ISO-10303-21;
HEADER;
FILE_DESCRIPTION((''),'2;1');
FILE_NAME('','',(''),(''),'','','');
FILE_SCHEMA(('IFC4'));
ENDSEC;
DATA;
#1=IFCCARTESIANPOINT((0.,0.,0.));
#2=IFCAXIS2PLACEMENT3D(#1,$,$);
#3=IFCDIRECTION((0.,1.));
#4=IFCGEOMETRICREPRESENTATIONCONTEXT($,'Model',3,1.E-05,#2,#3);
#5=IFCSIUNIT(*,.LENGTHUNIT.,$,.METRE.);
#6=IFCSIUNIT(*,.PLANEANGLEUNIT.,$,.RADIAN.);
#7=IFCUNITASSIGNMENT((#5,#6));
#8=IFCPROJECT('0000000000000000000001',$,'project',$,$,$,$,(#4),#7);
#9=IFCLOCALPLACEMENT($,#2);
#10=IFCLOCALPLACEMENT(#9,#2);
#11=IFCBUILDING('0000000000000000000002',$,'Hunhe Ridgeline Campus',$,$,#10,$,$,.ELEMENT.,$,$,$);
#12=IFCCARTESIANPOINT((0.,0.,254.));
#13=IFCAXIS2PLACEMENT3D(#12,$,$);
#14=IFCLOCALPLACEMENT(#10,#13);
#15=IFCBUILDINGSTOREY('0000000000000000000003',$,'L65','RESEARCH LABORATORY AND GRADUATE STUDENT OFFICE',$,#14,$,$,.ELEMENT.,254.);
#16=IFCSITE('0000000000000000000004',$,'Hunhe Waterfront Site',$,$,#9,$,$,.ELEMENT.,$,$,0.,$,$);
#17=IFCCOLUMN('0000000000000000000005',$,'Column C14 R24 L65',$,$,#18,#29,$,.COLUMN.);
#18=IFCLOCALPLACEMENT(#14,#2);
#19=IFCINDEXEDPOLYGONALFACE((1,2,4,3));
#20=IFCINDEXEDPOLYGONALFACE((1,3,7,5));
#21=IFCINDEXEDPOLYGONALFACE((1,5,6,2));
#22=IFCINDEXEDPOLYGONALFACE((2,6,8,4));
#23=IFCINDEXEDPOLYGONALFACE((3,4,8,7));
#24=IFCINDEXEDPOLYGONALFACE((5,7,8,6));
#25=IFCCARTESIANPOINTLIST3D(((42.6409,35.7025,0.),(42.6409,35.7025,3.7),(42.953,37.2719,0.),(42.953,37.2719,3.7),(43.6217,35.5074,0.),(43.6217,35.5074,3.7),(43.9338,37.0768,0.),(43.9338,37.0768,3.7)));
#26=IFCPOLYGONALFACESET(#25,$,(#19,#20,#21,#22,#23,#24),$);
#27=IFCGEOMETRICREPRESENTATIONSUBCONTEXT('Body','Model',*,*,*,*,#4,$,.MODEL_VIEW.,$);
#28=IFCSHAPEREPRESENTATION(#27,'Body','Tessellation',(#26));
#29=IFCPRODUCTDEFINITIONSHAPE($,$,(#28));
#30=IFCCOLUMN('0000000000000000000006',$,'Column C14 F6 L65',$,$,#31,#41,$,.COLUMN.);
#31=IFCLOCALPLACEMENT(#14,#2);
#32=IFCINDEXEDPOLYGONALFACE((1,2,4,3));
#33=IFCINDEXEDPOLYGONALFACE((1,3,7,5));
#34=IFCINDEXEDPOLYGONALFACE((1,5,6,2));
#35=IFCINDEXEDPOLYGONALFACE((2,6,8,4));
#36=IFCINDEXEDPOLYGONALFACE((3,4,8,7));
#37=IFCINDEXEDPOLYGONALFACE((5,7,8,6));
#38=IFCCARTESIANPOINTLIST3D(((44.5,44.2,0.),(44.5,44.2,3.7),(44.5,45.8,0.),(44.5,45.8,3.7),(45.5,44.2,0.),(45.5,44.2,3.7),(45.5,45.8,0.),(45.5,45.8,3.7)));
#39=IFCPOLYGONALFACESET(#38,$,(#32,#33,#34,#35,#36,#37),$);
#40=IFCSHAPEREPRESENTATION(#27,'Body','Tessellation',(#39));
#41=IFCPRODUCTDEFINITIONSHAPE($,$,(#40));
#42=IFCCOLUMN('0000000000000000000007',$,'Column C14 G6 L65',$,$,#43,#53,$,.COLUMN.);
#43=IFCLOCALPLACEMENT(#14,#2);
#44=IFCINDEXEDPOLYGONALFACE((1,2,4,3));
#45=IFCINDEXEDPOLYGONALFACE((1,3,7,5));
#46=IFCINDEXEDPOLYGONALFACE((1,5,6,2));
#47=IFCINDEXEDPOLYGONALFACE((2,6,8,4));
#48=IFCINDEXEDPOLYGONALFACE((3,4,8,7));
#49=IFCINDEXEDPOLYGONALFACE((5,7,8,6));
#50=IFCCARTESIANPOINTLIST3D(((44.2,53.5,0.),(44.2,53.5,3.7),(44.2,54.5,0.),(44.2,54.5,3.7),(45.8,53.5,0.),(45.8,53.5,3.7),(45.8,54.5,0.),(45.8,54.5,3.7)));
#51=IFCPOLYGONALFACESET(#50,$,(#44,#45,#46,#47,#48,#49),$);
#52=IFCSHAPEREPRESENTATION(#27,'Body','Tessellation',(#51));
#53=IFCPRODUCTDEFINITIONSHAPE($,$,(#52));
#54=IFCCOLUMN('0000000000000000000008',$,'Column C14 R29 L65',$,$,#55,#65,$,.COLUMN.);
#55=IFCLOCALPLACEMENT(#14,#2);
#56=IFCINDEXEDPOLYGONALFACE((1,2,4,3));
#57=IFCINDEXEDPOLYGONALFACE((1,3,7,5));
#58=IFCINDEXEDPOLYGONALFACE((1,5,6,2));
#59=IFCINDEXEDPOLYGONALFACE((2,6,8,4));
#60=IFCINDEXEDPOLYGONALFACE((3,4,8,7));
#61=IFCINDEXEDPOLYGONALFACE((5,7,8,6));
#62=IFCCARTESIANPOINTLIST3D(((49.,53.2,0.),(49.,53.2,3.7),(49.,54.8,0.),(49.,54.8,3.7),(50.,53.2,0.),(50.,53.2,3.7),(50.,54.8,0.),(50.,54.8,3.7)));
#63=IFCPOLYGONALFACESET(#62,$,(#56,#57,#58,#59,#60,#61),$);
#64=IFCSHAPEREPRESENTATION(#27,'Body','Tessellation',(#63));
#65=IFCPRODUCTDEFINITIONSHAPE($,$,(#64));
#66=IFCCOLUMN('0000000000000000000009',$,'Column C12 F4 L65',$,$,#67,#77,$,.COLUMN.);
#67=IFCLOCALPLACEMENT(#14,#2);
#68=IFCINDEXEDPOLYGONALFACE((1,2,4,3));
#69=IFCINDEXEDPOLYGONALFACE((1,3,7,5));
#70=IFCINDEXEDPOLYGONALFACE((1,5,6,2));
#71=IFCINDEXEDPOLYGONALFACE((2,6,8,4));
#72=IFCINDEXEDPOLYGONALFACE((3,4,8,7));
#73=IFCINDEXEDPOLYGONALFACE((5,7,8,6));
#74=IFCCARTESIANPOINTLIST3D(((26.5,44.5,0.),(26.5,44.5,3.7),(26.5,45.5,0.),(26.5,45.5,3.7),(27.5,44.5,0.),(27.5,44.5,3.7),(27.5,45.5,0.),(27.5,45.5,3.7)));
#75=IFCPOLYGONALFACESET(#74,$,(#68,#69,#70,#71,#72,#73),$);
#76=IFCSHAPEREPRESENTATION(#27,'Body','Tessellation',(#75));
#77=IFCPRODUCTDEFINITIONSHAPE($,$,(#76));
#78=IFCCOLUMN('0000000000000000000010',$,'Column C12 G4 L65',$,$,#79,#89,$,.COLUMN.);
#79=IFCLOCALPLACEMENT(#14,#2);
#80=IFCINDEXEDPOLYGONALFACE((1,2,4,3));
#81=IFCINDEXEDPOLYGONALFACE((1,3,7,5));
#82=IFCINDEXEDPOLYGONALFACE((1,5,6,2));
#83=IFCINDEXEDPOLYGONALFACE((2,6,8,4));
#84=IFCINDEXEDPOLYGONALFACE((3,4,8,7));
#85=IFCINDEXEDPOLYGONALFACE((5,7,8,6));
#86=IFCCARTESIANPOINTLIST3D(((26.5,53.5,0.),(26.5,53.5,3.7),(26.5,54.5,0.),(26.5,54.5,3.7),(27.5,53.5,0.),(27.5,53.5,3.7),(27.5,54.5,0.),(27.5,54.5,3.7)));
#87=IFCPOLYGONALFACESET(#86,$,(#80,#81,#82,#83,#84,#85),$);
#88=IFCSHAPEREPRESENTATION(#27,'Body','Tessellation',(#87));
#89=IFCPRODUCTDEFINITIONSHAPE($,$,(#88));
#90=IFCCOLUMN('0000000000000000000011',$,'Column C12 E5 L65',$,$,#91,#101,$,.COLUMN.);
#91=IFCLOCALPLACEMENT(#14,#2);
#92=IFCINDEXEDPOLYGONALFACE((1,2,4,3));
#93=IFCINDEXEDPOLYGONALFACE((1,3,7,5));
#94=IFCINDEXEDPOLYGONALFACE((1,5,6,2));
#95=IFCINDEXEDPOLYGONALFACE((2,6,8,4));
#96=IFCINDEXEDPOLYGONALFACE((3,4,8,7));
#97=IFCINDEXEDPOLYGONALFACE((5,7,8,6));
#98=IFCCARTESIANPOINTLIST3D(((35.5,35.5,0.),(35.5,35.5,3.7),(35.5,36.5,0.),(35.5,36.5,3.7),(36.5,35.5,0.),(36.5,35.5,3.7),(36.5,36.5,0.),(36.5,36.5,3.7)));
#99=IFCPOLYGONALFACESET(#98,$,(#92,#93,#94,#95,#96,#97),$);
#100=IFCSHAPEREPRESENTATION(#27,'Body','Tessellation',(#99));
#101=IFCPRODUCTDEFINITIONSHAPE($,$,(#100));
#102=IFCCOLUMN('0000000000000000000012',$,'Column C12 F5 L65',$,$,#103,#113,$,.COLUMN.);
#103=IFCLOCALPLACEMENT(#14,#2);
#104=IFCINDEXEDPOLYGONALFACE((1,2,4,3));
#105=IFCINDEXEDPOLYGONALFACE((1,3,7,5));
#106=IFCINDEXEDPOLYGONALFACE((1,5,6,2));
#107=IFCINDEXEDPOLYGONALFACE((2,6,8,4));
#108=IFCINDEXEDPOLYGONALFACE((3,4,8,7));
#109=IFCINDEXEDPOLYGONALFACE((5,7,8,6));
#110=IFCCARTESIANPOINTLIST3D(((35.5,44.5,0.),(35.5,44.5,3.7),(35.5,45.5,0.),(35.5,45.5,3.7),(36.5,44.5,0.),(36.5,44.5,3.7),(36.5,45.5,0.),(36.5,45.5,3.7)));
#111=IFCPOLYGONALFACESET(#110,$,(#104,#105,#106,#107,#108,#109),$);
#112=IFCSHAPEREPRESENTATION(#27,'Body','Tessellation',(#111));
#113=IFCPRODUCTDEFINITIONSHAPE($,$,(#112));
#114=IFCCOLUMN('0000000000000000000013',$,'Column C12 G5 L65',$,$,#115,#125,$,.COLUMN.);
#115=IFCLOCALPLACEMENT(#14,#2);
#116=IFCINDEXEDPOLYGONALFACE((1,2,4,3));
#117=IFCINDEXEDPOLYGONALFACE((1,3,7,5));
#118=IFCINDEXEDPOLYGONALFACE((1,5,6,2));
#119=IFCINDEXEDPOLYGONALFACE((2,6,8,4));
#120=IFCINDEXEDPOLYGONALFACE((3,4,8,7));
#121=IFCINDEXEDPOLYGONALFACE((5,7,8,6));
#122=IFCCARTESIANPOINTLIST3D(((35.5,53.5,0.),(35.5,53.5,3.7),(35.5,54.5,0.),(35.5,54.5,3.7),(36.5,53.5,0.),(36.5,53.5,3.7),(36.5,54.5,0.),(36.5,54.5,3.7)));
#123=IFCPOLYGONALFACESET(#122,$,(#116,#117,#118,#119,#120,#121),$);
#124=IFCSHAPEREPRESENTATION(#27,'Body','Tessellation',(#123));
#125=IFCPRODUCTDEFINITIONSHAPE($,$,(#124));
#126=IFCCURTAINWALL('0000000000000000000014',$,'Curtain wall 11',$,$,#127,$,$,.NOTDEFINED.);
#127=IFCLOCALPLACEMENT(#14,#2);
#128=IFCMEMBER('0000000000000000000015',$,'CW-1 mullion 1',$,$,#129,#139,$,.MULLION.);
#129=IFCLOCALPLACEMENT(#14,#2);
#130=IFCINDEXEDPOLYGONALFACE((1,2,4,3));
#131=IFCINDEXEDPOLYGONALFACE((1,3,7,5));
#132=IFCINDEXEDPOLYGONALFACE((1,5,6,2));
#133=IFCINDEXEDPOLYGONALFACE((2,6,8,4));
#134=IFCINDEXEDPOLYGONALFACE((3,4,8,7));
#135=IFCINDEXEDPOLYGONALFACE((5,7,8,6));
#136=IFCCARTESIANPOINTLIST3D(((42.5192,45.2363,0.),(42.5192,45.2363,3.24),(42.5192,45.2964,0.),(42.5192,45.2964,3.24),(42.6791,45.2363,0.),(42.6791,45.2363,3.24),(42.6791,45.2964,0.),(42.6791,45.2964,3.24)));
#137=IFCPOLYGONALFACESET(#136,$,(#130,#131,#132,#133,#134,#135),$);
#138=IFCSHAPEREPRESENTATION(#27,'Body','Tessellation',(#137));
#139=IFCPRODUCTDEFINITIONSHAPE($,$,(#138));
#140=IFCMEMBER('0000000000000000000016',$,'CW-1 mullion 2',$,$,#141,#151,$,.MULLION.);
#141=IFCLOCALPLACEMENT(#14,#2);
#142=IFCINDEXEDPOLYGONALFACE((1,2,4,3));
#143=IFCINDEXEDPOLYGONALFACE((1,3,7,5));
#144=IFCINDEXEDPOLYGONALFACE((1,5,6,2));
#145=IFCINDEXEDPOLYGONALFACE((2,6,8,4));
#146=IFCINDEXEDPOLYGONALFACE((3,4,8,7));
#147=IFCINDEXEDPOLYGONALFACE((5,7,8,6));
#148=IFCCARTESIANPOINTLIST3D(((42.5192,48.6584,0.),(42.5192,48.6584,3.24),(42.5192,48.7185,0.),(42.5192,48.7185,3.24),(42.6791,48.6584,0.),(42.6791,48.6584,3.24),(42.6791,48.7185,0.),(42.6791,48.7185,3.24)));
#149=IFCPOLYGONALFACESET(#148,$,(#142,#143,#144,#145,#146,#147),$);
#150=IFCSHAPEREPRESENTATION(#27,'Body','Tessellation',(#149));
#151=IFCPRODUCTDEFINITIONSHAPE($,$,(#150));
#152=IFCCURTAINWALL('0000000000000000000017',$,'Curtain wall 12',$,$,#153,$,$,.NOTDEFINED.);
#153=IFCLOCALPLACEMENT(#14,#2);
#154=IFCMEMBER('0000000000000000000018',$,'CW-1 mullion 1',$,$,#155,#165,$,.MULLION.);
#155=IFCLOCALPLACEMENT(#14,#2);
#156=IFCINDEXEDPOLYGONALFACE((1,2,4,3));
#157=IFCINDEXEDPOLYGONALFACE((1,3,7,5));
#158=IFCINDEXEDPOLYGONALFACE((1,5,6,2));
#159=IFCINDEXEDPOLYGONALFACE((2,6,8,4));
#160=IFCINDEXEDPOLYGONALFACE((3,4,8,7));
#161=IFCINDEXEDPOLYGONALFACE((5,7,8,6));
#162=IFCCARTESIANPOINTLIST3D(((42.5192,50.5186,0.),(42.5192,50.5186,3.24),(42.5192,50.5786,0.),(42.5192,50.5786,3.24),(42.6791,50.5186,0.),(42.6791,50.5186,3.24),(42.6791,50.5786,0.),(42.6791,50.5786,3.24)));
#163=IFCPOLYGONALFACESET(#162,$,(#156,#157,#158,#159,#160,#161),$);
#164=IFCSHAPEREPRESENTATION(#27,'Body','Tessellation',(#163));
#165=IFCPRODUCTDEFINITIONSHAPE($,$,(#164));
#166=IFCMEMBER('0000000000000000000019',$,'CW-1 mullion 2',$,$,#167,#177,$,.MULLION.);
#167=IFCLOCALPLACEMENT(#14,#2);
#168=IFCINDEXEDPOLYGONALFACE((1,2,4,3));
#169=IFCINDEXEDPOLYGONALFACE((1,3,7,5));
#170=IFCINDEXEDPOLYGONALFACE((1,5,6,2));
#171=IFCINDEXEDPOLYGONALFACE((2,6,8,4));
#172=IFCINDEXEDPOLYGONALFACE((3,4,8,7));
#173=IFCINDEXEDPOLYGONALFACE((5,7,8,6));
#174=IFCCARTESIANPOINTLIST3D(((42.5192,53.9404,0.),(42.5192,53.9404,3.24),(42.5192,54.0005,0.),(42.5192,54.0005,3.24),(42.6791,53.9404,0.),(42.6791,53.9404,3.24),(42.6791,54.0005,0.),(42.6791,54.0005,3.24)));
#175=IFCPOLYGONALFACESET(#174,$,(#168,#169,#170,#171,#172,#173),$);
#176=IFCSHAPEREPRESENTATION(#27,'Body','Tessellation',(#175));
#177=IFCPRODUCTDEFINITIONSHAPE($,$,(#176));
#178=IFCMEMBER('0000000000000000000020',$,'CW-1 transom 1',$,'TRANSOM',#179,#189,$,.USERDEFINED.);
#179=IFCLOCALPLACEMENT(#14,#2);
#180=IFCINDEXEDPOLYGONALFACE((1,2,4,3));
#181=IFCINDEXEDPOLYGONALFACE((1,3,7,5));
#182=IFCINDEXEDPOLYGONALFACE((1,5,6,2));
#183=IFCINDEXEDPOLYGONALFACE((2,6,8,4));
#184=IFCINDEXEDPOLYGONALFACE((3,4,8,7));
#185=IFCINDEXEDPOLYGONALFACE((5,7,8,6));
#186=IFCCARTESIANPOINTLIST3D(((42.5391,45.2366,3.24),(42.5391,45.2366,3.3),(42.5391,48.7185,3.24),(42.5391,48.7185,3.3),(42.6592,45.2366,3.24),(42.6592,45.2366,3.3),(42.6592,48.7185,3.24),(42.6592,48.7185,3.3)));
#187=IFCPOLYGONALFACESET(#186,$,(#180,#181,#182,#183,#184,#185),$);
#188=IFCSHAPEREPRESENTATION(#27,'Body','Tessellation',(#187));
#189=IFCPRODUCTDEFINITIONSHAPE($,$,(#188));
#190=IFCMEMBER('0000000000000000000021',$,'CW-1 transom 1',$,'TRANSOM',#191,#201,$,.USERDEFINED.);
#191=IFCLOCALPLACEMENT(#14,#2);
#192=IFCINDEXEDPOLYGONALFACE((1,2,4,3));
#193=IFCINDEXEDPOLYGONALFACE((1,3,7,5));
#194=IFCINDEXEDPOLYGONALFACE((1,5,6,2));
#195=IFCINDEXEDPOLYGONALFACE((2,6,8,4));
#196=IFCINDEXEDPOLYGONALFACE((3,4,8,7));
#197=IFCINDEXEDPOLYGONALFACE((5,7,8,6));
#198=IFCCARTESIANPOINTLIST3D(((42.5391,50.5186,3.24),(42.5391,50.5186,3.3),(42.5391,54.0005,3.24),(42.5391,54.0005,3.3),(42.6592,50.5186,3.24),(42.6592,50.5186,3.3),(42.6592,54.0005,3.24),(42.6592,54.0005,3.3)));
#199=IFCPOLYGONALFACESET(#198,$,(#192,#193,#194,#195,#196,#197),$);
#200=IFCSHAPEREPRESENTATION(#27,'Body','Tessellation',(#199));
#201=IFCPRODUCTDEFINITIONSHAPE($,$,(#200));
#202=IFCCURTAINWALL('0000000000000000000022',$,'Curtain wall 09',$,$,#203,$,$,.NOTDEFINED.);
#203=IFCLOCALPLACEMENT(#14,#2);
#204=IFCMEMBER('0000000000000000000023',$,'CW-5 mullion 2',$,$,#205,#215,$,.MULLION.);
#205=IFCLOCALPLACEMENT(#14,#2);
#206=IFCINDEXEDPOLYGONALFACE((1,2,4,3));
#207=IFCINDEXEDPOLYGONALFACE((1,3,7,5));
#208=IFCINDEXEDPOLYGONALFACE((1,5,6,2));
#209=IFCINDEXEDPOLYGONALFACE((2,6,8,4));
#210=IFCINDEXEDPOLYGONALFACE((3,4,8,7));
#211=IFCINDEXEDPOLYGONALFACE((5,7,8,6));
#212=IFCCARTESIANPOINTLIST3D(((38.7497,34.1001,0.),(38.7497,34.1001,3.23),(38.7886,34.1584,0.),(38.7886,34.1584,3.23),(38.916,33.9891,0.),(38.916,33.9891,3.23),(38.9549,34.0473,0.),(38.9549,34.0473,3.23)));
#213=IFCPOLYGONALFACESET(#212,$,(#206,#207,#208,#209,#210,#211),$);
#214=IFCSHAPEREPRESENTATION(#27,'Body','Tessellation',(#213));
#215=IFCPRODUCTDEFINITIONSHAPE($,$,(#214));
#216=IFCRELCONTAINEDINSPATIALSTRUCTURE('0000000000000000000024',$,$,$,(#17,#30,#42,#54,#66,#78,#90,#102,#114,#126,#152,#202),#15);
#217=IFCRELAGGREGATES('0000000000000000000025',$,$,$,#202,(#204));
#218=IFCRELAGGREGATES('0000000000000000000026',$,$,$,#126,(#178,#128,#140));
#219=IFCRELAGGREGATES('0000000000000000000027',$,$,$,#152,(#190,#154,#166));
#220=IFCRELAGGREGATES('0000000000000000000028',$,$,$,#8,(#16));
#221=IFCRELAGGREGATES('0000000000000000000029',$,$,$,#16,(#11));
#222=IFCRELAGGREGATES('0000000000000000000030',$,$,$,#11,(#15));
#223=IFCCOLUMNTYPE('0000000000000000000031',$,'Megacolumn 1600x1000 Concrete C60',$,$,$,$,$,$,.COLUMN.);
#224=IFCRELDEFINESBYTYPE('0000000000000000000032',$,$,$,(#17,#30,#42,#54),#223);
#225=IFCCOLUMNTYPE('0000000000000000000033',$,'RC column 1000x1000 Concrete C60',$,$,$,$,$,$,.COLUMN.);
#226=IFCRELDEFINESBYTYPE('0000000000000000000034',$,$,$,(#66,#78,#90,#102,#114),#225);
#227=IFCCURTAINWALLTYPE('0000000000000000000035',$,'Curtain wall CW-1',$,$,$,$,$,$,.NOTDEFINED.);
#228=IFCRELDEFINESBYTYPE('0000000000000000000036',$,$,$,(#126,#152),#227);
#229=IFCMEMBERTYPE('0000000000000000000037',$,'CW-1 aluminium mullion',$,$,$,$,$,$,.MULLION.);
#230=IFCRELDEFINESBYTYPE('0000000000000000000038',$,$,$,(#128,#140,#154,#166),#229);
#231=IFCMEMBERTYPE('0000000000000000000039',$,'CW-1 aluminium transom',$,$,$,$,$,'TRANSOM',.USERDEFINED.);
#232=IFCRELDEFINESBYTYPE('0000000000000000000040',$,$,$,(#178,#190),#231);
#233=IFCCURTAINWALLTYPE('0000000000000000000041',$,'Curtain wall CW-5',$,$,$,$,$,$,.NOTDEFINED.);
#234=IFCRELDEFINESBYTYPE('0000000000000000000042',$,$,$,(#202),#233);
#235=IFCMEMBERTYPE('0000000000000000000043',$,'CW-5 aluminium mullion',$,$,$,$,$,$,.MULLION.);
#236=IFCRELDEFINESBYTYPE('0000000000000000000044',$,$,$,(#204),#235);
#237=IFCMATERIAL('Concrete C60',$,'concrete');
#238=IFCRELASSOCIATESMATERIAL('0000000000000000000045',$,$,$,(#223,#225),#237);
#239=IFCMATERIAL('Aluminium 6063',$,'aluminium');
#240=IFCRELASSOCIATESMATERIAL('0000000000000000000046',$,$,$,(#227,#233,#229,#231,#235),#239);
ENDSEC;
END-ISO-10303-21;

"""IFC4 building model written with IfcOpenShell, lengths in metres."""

from ifc_helpers import new_model, si_unit, direction, frame, origin, origin_2d, place, context, subcontext, project, spatial, rectangle, extrude, material, material_profile, profile_set, type_object, element, aggregate, save


model = new_model("IFC4")

# Units and contexts
model_context = context("Model", 3, precision=1e-05, world=origin(), true_north=direction((0.0, 1.0)))
body_context = subcontext(model_context, "Body", "Model", "MODEL_VIEW")
ifc_project = project(units=[si_unit("LENGTHUNIT", "METRE"), si_unit("PLANEANGLEUNIT", "RADIAN")], contexts=[model_context])

# Site, building, storey
site_placement = place(None, origin())
site = spatial("IfcSite", under=ifc_project, at=site_placement, Name="Hunhe Waterfront Site", CompositionType="ELEMENT", RefElevation=0.0)
building_placement = place(site_placement, origin())
building = spatial("IfcBuilding", under=site, at=building_placement, Name="Hunhe Ridgeline Campus", CompositionType="ELEMENT")
storey_placement = place(building_placement, frame((0.0, 0.0, 254.0)))
storey = spatial("IfcBuildingStorey", under=building, at=storey_placement, Name="L65", Description="RESEARCH LABORATORY AND GRADUATE STUDENT OFFICE", CompositionType="ELEMENT", Elevation=254.0)

# Columns
ifc_material_1 = material(Name="Concrete C60", Category="concrete")
ifc_material_profile_1 = material_profile(ifc_material_1, rectangle(XDim=1.6001, YDim=1.0, at=origin_2d()))
ifc_profile_set_1 = profile_set([ifc_material_profile_1], Name="Concrete C60")
column_type_1 = type_object("IfcColumnType", Name="Megacolumn 1600x1000 Concrete C60", PredefinedType="COLUMN", material=ifc_profile_set_1)
for number, where, z_axis, x_axis, name in (
    (1, (43.2874, 36.3896, 0.0), (0.0, 0.0, 1.0), (0.19509, 0.980785, 0.0), "Column C14 R24 L65"),
    (2, (45.0, 45.0, 0.0), (0.0, 0.0, 1.0), (0.0, 1.0, 0.0), "Column C14 F6 L65"),
    (3, (45.0, 54.0, 0.0), (0.0, 0.0, 1.0), (1.0, 0.0, 0.0), "Column C14 G6 L65"),
    (4, (49.5, 54.0, 0.0), (0.0, 0.0, 1.0), (0.0, 1.0, 0.0), "Column C14 R29 L65"),
):
    element("IfcColumn", number, at=place(storey_placement, frame(where, z_axis=z_axis, x_axis=x_axis)), inside=storey, type_object=column_type_1, Name=name, PredefinedType="COLUMN", context=body_context, shape_type="SweptSolid", body=[
        extrude(rectangle(XDim=1.6001, YDim=1.0, at=origin_2d()), origin(), (0.0, 0.0, 1.0), 3.7),
    ])
ifc_material_profile_2 = material_profile(ifc_material_1, rectangle(XDim=1.0, YDim=1.0, at=origin_2d()))
ifc_profile_set_2 = profile_set([ifc_material_profile_2], Name="Concrete C60")
column_type_2 = type_object("IfcColumnType", Name="RC column 1000x1000 Concrete C60", PredefinedType="COLUMN", material=ifc_profile_set_2)
for number, where, z_axis, x_axis, name in (
    (5, (27.0, 45.0, 0.0), (0.0, 0.0, 1.0), (1.0, 0.0, 0.0), "Column C12 F4 L65"),
    (6, (27.0, 54.0, 0.0), (0.0, 0.0, 1.0), (1.0, 0.0, 0.0), "Column C12 G4 L65"),
    (7, (36.0, 36.0, 0.0), (0.0, 0.0, 1.0), (1.0, 0.0, 0.0), "Column C12 E5 L65"),
    (8, (36.0, 45.0, 0.0), (0.0, 0.0, 1.0), (1.0, 0.0, 0.0), "Column C12 F5 L65"),
    (9, (36.0, 54.0, 0.0), (0.0, 0.0, 1.0), (1.0, 0.0, 0.0), "Column C12 G5 L65"),
):
    element("IfcColumn", number, at=place(storey_placement, frame(where, z_axis=z_axis, x_axis=x_axis)), inside=storey, type_object=column_type_2, Name=name, PredefinedType="COLUMN", context=body_context, shape_type="SweptSolid", body=[
        extrude(rectangle(XDim=1.0, YDim=1.0, at=origin_2d()), origin(), (0.0, 0.0, 1.0), 3.7),
    ])

# Curtain walls, members
ifc_material_2 = material(Name="Aluminium 6063", Category="aluminium")
curtain_wall_type_1 = type_object("IfcCurtainWallType", Name="Curtain wall CW-1", PredefinedType="NOTDEFINED", material=ifc_material_2)
curtain_wall_1_placement = place(storey_placement, origin())
curtain_wall_1 = element("IfcCurtainWall", 10, at=curtain_wall_1_placement, inside=storey, type_object=curtain_wall_type_1, Name="Curtain wall 11", PredefinedType="NOTDEFINED")
ifc_material_profile_3 = material_profile(ifc_material_2, rectangle(XDim=0.1599, YDim=0.0601, at=origin_2d()))
ifc_profile_set_3 = profile_set([ifc_material_profile_3], Name="Aluminium 6063")
member_type_1 = type_object("IfcMemberType", Name="CW-1 aluminium mullion", PredefinedType="MULLION", material=ifc_profile_set_3)
member_1_placement = place(storey_placement, frame((42.5991, 45.2664, 0.0), z_axis=(0.0, 0.0, 1.0), x_axis=(-1.0, 0.000019, 0.0)))
member_1 = element("IfcMember", 11, at=member_1_placement, type_object=member_type_1, Name="CW-1 mullion 1", PredefinedType="MULLION", context=body_context, shape_type="SweptSolid", body=[
    extrude(rectangle(XDim=0.1599, YDim=0.0601, at=origin_2d()), origin(), (0.0, 0.0, 1.0), 3.24),
])
member_2_placement = place(storey_placement, frame((42.5991, 48.6885, 0.0), z_axis=(0.0, 0.0, 1.0), x_axis=(-1.0, 0.000019, 0.0)))
member_2 = element("IfcMember", 12, at=member_2_placement, type_object=member_type_1, Name="CW-1 mullion 2", PredefinedType="MULLION", context=body_context, shape_type="SweptSolid", body=[
    extrude(rectangle(XDim=0.1599, YDim=0.0601, at=origin_2d()), origin(), (0.0, 0.0, 1.0), 3.24),
])
curtain_wall_2_placement = place(storey_placement, origin())
curtain_wall_2 = element("IfcCurtainWall", 13, at=curtain_wall_2_placement, inside=storey, type_object=curtain_wall_type_1, Name="Curtain wall 12", PredefinedType="NOTDEFINED")
member_3_placement = place(storey_placement, frame((42.5991, 50.5486, 0.0), z_axis=(0.0, 0.0, 1.0), x_axis=(-1.0, 0.000019, 0.0)))
member_3 = element("IfcMember", 14, at=member_3_placement, type_object=member_type_1, Name="CW-1 mullion 1", PredefinedType="MULLION", context=body_context, shape_type="SweptSolid", body=[
    extrude(rectangle(XDim=0.1599, YDim=0.0601, at=origin_2d()), origin(), (0.0, 0.0, 1.0), 3.24),
])
member_4_placement = place(storey_placement, frame((42.5991, 53.9705, 0.0), z_axis=(0.0, 0.0, 1.0), x_axis=(-1.0, 0.000019, 0.0)))
member_4 = element("IfcMember", 15, at=member_4_placement, type_object=member_type_1, Name="CW-1 mullion 2", PredefinedType="MULLION", context=body_context, shape_type="SweptSolid", body=[
    extrude(rectangle(XDim=0.1599, YDim=0.0601, at=origin_2d()), origin(), (0.0, 0.0, 1.0), 3.24),
])

# Members
ifc_material_profile_4 = material_profile(ifc_material_2, rectangle(XDim=0.1201, YDim=0.0601, at=origin_2d()))
ifc_profile_set_4 = profile_set([ifc_material_profile_4], Name="Aluminium 6063")
member_type_2 = type_object("IfcMemberType", Name="CW-1 aluminium transom", ElementType="TRANSOM", PredefinedType="USERDEFINED", material=ifc_profile_set_4)
member_5_placement = place(storey_placement, frame((42.5991, 45.2366, 3.27), z_axis=(0.0, 1.0, 0.0), x_axis=(-1.0, 0.0, 0.0)))
member_5 = element("IfcMember", 16, at=member_5_placement, type_object=member_type_2, Name="CW-1 transom 1", ObjectType="TRANSOM", PredefinedType="USERDEFINED", context=body_context, shape_type="SweptSolid", body=[
    extrude(rectangle(XDim=0.1201, YDim=0.0601, at=origin_2d()), origin(), (0.0, 0.0, 1.0), 3.4819),
])
member_6_placement = place(storey_placement, frame((42.5991, 50.5186, 3.27), z_axis=(0.0, 1.0, 0.0), x_axis=(-1.0, 0.0, 0.0)))
member_6 = element("IfcMember", 17, at=member_6_placement, type_object=member_type_2, Name="CW-1 transom 1", ObjectType="TRANSOM", PredefinedType="USERDEFINED", context=body_context, shape_type="SweptSolid", body=[
    extrude(rectangle(XDim=0.1201, YDim=0.0601, at=origin_2d()), origin(), (0.0, 0.0, 1.0), 3.4819),
])

# Curtain wall, member
curtain_wall_type_2 = type_object("IfcCurtainWallType", Name="Curtain wall CW-5", PredefinedType="NOTDEFINED", material=ifc_material_2)
curtain_wall_3_placement = place(storey_placement, origin())
curtain_wall_3 = element("IfcCurtainWall", 18, at=curtain_wall_3_placement, inside=storey, type_object=curtain_wall_type_2, Name="Curtain wall 09", PredefinedType="NOTDEFINED")
ifc_material_profile_5 = material_profile(ifc_material_2, rectangle(XDim=0.2, YDim=0.0701, at=origin_2d()))
ifc_profile_set_5 = profile_set([ifc_material_profile_5], Name="Aluminium 6063")
member_type_3 = type_object("IfcMemberType", Name="CW-5 aluminium mullion", PredefinedType="MULLION", material=ifc_profile_set_5)
member_7_placement = place(storey_placement, frame((38.8523, 34.0737, 0.0), z_axis=(0.0, 0.0, 1.0), x_axis=(-0.83147, 0.55557, 0.0)))
member_7 = element("IfcMember", 19, at=member_7_placement, type_object=member_type_3, Name="CW-5 mullion 2", PredefinedType="MULLION", context=body_context, shape_type="SweptSolid", body=[
    extrude(rectangle(XDim=0.2, YDim=0.0701, at=origin_2d()), origin(), (0.0, 0.0, 1.0), 3.23),
])

aggregate(curtain_wall_3, [member_7])
aggregate(curtain_wall_1, [member_5, member_1, member_2])
aggregate(curtain_wall_2, [member_6, member_3, member_4])

save(model, "model.ifc")
